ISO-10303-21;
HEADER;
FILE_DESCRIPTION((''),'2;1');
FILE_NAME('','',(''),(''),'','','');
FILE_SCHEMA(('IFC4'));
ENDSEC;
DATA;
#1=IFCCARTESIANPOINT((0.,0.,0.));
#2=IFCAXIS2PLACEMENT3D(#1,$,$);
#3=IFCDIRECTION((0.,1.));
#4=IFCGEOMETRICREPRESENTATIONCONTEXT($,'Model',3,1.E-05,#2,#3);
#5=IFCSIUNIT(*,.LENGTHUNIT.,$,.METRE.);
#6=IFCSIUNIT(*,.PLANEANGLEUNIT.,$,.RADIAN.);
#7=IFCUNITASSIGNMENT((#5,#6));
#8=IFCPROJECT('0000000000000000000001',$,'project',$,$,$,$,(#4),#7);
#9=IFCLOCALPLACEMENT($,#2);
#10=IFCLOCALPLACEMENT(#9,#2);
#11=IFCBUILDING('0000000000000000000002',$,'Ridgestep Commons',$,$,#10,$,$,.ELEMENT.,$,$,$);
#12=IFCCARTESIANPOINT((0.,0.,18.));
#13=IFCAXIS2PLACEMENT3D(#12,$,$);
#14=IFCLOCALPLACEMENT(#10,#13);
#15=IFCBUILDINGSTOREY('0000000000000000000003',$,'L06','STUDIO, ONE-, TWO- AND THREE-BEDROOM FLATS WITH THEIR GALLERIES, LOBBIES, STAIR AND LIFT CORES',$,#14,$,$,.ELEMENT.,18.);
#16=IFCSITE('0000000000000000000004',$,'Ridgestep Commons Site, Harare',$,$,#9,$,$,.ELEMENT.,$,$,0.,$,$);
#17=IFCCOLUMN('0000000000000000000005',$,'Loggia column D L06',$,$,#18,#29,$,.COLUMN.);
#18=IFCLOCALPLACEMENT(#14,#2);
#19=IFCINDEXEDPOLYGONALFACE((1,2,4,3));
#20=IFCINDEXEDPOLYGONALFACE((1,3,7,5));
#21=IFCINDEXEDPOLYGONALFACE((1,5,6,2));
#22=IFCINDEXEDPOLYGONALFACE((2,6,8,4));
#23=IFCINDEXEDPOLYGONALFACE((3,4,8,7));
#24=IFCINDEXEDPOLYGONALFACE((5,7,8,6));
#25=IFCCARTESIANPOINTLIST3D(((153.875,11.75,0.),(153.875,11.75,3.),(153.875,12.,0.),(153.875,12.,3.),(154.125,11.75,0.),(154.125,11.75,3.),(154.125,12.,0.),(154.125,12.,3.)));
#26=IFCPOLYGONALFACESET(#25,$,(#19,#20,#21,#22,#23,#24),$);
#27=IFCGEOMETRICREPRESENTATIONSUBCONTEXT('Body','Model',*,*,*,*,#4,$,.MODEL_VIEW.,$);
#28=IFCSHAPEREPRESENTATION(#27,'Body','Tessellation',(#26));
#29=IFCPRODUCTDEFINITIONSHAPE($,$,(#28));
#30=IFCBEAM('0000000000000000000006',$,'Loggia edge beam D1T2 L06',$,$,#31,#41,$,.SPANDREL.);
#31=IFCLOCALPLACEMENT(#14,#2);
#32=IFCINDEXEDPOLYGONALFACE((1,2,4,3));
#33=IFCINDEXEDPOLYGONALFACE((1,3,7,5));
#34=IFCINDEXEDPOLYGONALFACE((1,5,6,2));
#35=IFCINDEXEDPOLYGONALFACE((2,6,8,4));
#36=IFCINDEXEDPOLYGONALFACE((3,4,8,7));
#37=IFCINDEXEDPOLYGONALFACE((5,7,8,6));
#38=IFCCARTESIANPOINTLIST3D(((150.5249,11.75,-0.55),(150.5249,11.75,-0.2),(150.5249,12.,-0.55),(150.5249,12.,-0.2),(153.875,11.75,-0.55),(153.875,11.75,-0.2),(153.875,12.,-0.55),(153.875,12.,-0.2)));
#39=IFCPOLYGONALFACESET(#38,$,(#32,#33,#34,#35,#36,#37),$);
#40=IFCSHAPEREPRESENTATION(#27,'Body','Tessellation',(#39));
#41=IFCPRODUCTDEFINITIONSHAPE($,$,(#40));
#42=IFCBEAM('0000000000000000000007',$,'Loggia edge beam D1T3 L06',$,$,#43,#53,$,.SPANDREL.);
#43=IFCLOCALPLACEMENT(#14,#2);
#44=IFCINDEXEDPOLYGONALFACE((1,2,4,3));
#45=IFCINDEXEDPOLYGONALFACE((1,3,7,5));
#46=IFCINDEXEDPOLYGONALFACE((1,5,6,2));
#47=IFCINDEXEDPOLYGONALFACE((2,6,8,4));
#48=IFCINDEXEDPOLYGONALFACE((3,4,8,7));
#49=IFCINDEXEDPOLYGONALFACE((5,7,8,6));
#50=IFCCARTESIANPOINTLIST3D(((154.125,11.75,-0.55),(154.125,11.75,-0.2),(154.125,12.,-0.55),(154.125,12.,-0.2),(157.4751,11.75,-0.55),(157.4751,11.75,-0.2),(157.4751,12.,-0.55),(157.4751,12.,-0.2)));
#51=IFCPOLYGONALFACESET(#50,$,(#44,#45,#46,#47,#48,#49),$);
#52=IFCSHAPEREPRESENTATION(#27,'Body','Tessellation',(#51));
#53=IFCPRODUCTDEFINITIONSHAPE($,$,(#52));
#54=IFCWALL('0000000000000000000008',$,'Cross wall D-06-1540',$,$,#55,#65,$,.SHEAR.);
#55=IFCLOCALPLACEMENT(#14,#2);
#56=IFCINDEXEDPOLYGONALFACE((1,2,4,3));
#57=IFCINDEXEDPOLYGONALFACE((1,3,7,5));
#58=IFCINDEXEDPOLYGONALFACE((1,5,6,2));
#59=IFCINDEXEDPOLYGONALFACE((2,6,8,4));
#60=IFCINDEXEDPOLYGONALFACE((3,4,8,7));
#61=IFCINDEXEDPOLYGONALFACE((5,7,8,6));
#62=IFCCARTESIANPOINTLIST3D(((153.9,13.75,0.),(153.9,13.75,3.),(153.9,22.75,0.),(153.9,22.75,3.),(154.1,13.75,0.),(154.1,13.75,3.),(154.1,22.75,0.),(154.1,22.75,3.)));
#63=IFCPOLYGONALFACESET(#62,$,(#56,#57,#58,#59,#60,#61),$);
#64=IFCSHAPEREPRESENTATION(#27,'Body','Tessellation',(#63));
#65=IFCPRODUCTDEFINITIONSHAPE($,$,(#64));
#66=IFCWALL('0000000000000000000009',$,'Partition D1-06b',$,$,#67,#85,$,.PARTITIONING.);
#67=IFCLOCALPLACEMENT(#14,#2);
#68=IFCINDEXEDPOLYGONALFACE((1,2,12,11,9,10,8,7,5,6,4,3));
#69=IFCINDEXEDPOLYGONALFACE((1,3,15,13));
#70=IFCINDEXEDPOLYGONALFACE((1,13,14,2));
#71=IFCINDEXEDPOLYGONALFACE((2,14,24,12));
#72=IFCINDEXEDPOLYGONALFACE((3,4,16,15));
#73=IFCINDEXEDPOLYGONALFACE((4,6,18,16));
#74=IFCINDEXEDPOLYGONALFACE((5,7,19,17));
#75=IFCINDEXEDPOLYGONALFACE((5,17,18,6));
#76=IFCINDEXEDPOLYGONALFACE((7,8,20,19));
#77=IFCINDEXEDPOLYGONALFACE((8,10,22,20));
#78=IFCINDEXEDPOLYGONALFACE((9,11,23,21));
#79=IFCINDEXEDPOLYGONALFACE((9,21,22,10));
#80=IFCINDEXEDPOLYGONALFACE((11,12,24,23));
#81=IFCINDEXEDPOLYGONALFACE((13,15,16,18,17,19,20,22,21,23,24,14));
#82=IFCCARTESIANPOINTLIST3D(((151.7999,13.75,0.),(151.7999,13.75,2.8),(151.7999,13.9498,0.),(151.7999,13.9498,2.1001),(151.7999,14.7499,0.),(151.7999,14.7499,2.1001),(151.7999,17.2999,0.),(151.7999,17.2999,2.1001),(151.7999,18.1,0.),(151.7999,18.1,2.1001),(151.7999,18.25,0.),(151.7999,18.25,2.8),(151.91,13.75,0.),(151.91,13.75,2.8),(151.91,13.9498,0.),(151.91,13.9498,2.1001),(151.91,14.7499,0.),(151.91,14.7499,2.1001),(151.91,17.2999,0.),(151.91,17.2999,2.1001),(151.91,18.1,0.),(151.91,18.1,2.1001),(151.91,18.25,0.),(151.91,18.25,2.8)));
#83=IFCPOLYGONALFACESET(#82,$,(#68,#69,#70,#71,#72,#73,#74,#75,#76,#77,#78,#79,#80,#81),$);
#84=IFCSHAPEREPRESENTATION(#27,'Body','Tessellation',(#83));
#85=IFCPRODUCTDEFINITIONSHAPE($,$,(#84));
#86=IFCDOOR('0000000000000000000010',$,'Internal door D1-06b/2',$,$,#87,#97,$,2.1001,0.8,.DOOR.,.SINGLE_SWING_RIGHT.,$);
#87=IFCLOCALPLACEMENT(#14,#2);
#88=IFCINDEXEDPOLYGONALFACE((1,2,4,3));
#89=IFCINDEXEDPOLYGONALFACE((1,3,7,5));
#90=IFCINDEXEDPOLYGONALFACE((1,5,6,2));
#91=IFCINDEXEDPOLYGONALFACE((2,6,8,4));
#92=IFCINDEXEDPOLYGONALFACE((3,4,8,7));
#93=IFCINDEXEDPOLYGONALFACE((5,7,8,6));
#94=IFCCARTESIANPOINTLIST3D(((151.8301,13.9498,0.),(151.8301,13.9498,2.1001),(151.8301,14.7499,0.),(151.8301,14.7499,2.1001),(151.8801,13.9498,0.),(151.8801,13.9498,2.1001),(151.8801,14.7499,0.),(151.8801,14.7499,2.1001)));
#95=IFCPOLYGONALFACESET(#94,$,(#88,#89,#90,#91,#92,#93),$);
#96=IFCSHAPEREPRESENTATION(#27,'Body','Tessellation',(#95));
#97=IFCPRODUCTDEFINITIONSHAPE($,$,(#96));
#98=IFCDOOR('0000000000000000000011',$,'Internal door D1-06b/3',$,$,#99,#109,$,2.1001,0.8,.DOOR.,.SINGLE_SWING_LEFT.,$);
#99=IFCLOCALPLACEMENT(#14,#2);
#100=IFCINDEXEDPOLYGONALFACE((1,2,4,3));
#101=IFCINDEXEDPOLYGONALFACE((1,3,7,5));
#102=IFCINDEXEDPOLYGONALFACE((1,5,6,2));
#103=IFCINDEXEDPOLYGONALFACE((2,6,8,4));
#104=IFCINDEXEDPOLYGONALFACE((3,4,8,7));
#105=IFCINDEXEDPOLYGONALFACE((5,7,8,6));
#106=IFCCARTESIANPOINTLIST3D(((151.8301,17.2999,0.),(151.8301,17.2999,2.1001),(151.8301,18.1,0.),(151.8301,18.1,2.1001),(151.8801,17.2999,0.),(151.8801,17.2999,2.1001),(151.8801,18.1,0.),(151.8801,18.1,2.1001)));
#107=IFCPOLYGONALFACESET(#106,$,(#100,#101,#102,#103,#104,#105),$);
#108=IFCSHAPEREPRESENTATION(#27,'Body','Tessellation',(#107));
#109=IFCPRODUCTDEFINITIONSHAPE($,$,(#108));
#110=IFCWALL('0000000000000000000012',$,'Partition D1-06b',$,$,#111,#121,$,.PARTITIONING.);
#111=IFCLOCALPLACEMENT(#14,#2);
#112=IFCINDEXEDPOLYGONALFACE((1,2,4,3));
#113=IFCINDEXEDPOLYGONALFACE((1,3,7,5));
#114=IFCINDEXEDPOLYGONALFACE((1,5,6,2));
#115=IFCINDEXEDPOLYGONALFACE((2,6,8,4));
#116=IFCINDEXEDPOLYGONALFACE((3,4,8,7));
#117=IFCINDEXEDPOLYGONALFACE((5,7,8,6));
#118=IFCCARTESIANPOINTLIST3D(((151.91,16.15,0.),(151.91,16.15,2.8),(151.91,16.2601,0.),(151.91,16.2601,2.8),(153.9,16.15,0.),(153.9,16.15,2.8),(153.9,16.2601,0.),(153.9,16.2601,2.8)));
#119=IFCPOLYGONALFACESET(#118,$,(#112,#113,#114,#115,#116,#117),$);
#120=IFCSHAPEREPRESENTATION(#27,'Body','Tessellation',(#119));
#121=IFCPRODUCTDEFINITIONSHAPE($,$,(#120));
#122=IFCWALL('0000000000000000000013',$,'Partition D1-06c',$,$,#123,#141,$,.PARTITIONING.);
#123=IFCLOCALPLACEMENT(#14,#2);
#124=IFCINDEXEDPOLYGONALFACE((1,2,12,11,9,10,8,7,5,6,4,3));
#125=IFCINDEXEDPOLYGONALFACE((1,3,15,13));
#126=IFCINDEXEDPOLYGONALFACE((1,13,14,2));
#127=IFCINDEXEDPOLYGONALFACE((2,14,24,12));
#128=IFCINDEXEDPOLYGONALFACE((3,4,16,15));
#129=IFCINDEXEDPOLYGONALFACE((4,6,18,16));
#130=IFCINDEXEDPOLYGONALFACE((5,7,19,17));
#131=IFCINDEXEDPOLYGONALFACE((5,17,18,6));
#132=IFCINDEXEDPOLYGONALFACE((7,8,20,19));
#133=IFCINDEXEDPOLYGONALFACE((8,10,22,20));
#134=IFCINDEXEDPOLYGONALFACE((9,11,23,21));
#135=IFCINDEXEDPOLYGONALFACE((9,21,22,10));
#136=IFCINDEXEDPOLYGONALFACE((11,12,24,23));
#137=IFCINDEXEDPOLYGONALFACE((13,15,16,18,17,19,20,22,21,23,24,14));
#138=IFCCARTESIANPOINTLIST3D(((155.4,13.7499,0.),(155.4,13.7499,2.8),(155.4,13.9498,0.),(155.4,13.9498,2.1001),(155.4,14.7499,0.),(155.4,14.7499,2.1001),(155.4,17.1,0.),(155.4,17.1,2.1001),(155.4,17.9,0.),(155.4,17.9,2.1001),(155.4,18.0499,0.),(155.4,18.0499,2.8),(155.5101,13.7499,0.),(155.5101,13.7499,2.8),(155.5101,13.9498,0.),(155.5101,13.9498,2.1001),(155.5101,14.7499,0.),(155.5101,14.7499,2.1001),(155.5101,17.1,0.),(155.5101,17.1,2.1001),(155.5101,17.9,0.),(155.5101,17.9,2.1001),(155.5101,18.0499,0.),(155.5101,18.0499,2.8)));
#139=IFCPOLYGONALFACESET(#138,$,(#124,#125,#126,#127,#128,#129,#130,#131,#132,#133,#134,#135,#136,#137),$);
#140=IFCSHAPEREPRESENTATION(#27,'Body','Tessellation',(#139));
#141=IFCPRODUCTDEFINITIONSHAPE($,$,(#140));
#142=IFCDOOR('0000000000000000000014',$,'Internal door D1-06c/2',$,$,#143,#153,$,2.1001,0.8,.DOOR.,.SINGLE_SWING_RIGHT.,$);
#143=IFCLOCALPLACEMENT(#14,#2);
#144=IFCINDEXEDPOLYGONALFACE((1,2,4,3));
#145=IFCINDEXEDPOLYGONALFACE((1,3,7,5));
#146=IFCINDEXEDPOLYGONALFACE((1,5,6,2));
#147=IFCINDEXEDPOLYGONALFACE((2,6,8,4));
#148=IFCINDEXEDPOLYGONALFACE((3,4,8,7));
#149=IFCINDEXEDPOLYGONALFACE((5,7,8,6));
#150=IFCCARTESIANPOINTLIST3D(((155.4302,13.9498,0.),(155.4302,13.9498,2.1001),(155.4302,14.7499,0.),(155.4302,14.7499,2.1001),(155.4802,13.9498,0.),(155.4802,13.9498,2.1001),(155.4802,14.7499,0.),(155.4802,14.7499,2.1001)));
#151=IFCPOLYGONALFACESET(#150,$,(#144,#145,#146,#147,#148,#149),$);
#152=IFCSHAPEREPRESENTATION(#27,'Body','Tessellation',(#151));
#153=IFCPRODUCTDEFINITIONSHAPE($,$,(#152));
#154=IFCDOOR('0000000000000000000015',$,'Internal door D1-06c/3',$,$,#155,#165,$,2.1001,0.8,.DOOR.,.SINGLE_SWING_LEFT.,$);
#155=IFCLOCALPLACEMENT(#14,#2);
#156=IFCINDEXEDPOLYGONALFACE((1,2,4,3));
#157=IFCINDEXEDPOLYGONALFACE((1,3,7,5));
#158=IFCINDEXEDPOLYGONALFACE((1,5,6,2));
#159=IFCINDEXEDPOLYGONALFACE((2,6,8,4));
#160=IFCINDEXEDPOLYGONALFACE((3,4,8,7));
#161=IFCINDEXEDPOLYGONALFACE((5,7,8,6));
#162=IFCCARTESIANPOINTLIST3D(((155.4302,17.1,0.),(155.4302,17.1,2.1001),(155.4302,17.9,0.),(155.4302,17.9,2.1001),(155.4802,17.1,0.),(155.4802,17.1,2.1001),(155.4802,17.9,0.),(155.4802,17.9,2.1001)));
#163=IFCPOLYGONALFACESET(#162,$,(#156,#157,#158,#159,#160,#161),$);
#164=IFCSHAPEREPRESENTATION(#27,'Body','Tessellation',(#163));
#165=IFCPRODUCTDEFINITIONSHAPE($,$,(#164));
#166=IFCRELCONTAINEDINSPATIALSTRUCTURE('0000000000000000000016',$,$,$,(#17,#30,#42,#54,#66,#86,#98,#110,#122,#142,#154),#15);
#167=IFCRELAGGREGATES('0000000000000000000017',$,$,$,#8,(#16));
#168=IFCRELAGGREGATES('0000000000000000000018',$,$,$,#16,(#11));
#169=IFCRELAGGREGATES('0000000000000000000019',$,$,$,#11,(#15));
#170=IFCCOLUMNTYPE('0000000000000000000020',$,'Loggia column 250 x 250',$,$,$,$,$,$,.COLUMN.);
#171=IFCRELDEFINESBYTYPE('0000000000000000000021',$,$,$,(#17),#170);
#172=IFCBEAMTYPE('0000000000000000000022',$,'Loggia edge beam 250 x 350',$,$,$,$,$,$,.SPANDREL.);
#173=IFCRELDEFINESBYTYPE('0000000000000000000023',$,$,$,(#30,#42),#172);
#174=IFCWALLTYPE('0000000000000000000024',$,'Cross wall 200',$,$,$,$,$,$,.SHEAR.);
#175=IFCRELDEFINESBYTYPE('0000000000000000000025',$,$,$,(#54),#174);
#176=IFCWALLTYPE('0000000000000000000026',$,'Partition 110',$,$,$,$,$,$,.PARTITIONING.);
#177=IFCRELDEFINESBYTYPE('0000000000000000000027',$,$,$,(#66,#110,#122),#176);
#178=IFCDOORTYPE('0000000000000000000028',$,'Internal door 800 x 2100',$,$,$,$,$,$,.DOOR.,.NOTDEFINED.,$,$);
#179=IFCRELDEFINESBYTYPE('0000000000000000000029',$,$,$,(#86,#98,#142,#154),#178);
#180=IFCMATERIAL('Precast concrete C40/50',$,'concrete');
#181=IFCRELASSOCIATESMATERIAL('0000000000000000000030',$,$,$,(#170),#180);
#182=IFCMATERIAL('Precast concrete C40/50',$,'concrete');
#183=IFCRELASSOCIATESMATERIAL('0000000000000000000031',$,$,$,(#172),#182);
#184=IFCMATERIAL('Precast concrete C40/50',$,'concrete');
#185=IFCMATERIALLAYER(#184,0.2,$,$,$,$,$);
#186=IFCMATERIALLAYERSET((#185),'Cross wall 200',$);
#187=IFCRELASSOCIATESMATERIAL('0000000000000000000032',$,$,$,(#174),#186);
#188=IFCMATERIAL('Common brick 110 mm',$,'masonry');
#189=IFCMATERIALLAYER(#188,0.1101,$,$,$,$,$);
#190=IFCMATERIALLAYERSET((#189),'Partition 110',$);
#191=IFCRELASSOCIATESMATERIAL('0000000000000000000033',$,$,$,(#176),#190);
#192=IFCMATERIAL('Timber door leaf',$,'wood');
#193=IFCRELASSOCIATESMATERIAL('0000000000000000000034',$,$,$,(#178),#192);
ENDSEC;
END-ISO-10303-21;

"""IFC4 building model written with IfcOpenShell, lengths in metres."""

from ifc_helpers import new_model, si_unit, direction, frame, frame_2d, origin, origin_2d, place, context, subcontext, project, spatial, rectangle, extrude, material, layer, layer_set, material_profile, profile_set, type_object, element, fill, save


model = new_model("IFC4")

# Units and contexts
model_context = context("Model", 3, precision=1e-05, world=origin(), true_north=direction((0.0, 1.0)))
body_context = subcontext(model_context, "Body", "Model", "MODEL_VIEW")
ifc_project = project(units=[si_unit("LENGTHUNIT", "METRE"), si_unit("PLANEANGLEUNIT", "RADIAN")], contexts=[model_context])

# Site, building, storey
site_placement = place(None, origin())
site = spatial("IfcSite", under=ifc_project, at=site_placement, Name="Ridgestep Commons Site, Harare", CompositionType="ELEMENT", RefElevation=0.0)
building_placement = place(site_placement, origin())
building = spatial("IfcBuilding", under=site, at=building_placement, Name="Ridgestep Commons", CompositionType="ELEMENT")
storey_placement = place(building_placement, frame((0.0, 0.0, 18.0)))
storey = spatial("IfcBuildingStorey", under=building, at=storey_placement, Name="L06", Description="STUDIO, ONE-, TWO- AND THREE-BEDROOM FLATS WITH THEIR GALLERIES, LOBBIES, STAIR AND LIFT CORES", CompositionType="ELEMENT", Elevation=18.0)

# Column
ifc_material_1 = material(Name="Precast concrete C40/50", Category="concrete")
ifc_material_profile_1 = material_profile(ifc_material_1, rectangle(XDim=0.25, YDim=0.25, at=origin_2d()), Name="PC 250x250")
ifc_profile_set_1 = profile_set([ifc_material_profile_1], Name="Precast concrete C40/50")
column_type = type_object("IfcColumnType", Name="Loggia column 250 x 250", PredefinedType="COLUMN", material=ifc_profile_set_1)
column_placement = place(storey_placement, frame((154.0, 11.875, 0.0), z_axis=(0.0, 0.0, 1.0), x_axis=(1.0, 0.0, 0.0)))
element("IfcColumn", 1, at=column_placement, inside=storey, type_object=column_type, Name="Loggia column D L06", PredefinedType="COLUMN", context=body_context, shape_type="SweptSolid", body=[
    extrude(rectangle(XDim=0.25, YDim=0.25, at=origin_2d()), origin(), (0.0, 0.0, 1.0), 3.0),
])

# Beams
ifc_material_2 = material(Name="Precast concrete C40/50", Category="concrete")
ifc_material_profile_2 = material_profile(ifc_material_2, rectangle(XDim=0.25, YDim=0.3501, at=origin_2d()), Name="PC 250x350")
ifc_profile_set_2 = profile_set([ifc_material_profile_2], Name="Precast concrete C40/50")
beam_type = type_object("IfcBeamType", Name="Loggia edge beam 250 x 350", PredefinedType="SPANDREL", material=ifc_profile_set_2)
for number, where, z_axis, x_axis, name in (
    (2, (150.5249, 11.875, -0.375), (1.0, 0.0, 0.0), (0.0, 1.0, 0.0), "Loggia edge beam D1T2 L06"),
    (3, (154.125, 11.875, -0.375), (1.0, 0.0, 0.0), (0.0, 1.0, 0.0), "Loggia edge beam D1T3 L06"),
):
    element("IfcBeam", number, at=place(storey_placement, frame(where, z_axis=z_axis, x_axis=x_axis)), inside=storey, type_object=beam_type, Name=name, PredefinedType="SPANDREL", context=body_context, shape_type="SweptSolid", body=[
        extrude(rectangle(XDim=0.25, YDim=0.3501, at=origin_2d()), origin(), (0.0, 0.0, 1.0), 3.3501),
    ])

# Wall
ifc_material_3 = material(Name="Precast concrete C40/50", Category="concrete")
ifc_layer_1 = layer(ifc_material_3, 0.2)
ifc_layer_set_1 = layer_set([ifc_layer_1], Name="Cross wall 200")
wall_type_1 = type_object("IfcWallType", Name="Cross wall 200", PredefinedType="SHEAR", material=ifc_layer_set_1)
wall_1_placement = place(storey_placement, frame((154.0, 13.75, 0.0), z_axis=(0.0, 0.0, 1.0), x_axis=(0.0, 1.0, 0.0)))
element("IfcWall", 4, at=wall_1_placement, inside=storey, type_object=wall_type_1, Name="Cross wall D-06-1540", PredefinedType="SHEAR", context=body_context, shape_type="SweptSolid", body=[
    extrude(rectangle(XDim=9.0, YDim=0.2, at=frame_2d((4.5, 0.0))), origin(), (0.0, 0.0, 1.0), 3.0),
])

# Wall, openings, doors
ifc_material_4 = material(Name="Common brick 110 mm", Category="masonry")
ifc_layer_2 = layer(ifc_material_4, 0.1101)
ifc_layer_set_2 = layer_set([ifc_layer_2], Name="Partition 110")
wall_type_2 = type_object("IfcWallType", Name="Partition 110", PredefinedType="PARTITIONING", material=ifc_layer_set_2)
wall_2_placement = place(storey_placement, frame((151.855, 13.75, 0.0), z_axis=(0.0, 0.0, 1.0), x_axis=(0.0, 1.0, 0.0)))
wall_2 = element("IfcWall", 5, at=wall_2_placement, inside=storey, type_object=wall_type_2, Name="Partition D1-06b", PredefinedType="PARTITIONING", context=body_context, shape_type="SweptSolid", body=[
    extrude(rectangle(XDim=4.5, YDim=0.1101, at=frame_2d((2.25, 0.0))), origin(), (0.0, 0.0, 1.0), 2.8),
])
opening_1_placement = place(wall_2_placement, frame((0.2, 0.0, 0.0)))
opening_1 = element("IfcOpeningElement", 6, at=opening_1_placement, cuts=wall_2, PredefinedType="OPENING", context=body_context, shape_type="SweptSolid", body=[
    extrude(rectangle(XDim=0.8, YDim=2.1001, at=frame_2d((0.3999, 1.05))), frame((0.0, 0.0649, 0.0), z_axis=(0.0, -1.0, 0.0), x_axis=(1.0, 0.0, 0.0)), (0.0, 0.0, 1.0), 0.1301),
])
opening_2_placement = place(wall_2_placement, frame((3.55, 0.0, 0.0)))
opening_2 = element("IfcOpeningElement", 7, at=opening_2_placement, cuts=wall_2, PredefinedType="OPENING", context=body_context, shape_type="SweptSolid", body=[
    extrude(rectangle(XDim=0.8, YDim=2.1001, at=frame_2d((0.3999, 1.05))), frame((0.0, 0.0649, 0.0), z_axis=(0.0, -1.0, 0.0), x_axis=(1.0, 0.0, 0.0)), (0.0, 0.0, 1.0), 0.1301),
])
ifc_material_5 = material(Name="Timber door leaf", Category="wood")
door_type_1 = type_object("IfcDoorType", Name="Internal door 800 x 2100", OperationType="NOTDEFINED", PredefinedType="DOOR", material=ifc_material_5)
door_1_placement = place(opening_1_placement, origin())
door_1 = element("IfcDoor", 8, at=door_1_placement, inside=storey, type_object=door_type_1, Name="Internal door D1-06b/2", OperationType="SINGLE_SWING_RIGHT", OverallHeight=2.1001, OverallWidth=0.8, PredefinedType="DOOR", context=body_context, shape_type="SweptSolid", body=[
    extrude(rectangle(XDim=0.8, YDim=2.1001, at=frame_2d((0.3999, 1.05))), frame((0.0, 0.0249, 0.0), z_axis=(0.0, -1.0, 0.0), x_axis=(1.0, 0.0, 0.0)), (0.0, 0.0, 1.0), 0.05),
])
fill(opening_1, door_1)
door_2_placement = place(opening_2_placement, origin())
door_2 = element("IfcDoor", 9, at=door_2_placement, inside=storey, type_object=door_type_1, Name="Internal door D1-06b/3", OperationType="SINGLE_SWING_LEFT", OverallHeight=2.1001, OverallWidth=0.8, PredefinedType="DOOR", context=body_context, shape_type="SweptSolid", body=[
    extrude(rectangle(XDim=0.8, YDim=2.1001, at=frame_2d((0.3999, 1.05))), frame((0.0, 0.0249, 0.0), z_axis=(0.0, -1.0, 0.0), x_axis=(1.0, 0.0, 0.0)), (0.0, 0.0, 1.0), 0.05),
])
fill(opening_2, door_2)

# Wall
wall_3_placement = place(storey_placement, frame((151.9099, 16.2051, 0.0), z_axis=(0.0, 0.0, 1.0), x_axis=(1.0, 0.0, 0.0)))
element("IfcWall", 10, at=wall_3_placement, inside=storey, type_object=wall_type_2, Name="Partition D1-06b", PredefinedType="PARTITIONING", context=body_context, shape_type="SweptSolid", body=[
    extrude(rectangle(XDim=1.99, YDim=0.1101, at=frame_2d((0.9951, 0.0))), origin(), (0.0, 0.0, 1.0), 2.8),
])

# Wall, openings, doors
wall_4_placement = place(storey_placement, frame((155.4551, 13.75, 0.0), z_axis=(0.0, 0.0, 1.0), x_axis=(0.0, 1.0, 0.0)))
wall_4 = element("IfcWall", 11, at=wall_4_placement, inside=storey, type_object=wall_type_2, Name="Partition D1-06c", PredefinedType="PARTITIONING", context=body_context, shape_type="SweptSolid", body=[
    extrude(rectangle(XDim=4.3, YDim=0.1101, at=frame_2d((2.1499, 0.0))), origin(), (0.0, 0.0, 1.0), 2.8),
])
opening_3_placement = place(wall_4_placement, frame((0.2, 0.0, 0.0)))
opening_3 = element("IfcOpeningElement", 12, at=opening_3_placement, cuts=wall_4, PredefinedType="OPENING", context=body_context, shape_type="SweptSolid", body=[
    extrude(rectangle(XDim=0.8, YDim=2.1001, at=frame_2d((0.3999, 1.05))), frame((0.0, 0.0649, 0.0), z_axis=(0.0, -1.0, 0.0), x_axis=(1.0, 0.0, 0.0)), (0.0, 0.0, 1.0), 0.1301),
])
opening_4_placement = place(wall_4_placement, frame((3.3501, 0.0, 0.0)))
opening_4 = element("IfcOpeningElement", 13, at=opening_4_placement, cuts=wall_4, PredefinedType="OPENING", context=body_context, shape_type="SweptSolid", body=[
    extrude(rectangle(XDim=0.8, YDim=2.1001, at=frame_2d((0.3999, 1.05))), frame((0.0, 0.0649, 0.0), z_axis=(0.0, -1.0, 0.0), x_axis=(1.0, 0.0, 0.0)), (0.0, 0.0, 1.0), 0.1301),
])
door_3_placement = place(opening_3_placement, origin())
door_3 = element("IfcDoor", 14, at=door_3_placement, inside=storey, type_object=door_type_1, Name="Internal door D1-06c/2", OperationType="SINGLE_SWING_RIGHT", OverallHeight=2.1001, OverallWidth=0.8, PredefinedType="DOOR", context=body_context, shape_type="SweptSolid", body=[
    extrude(rectangle(XDim=0.8, YDim=2.1001, at=frame_2d((0.3999, 1.05))), frame((0.0, 0.0249, 0.0), z_axis=(0.0, -1.0, 0.0), x_axis=(1.0, 0.0, 0.0)), (0.0, 0.0, 1.0), 0.05),
])
fill(opening_3, door_3)
door_4_placement = place(opening_4_placement, origin())
door_4 = element("IfcDoor", 15, at=door_4_placement, inside=storey, type_object=door_type_1, Name="Internal door D1-06c/3", OperationType="SINGLE_SWING_LEFT", OverallHeight=2.1001, OverallWidth=0.8, PredefinedType="DOOR", context=body_context, shape_type="SweptSolid", body=[
    extrude(rectangle(XDim=0.8, YDim=2.1001, at=frame_2d((0.3999, 1.05))), frame((0.0, 0.0249, 0.0), z_axis=(0.0, -1.0, 0.0), x_axis=(1.0, 0.0, 0.0)), (0.0, 0.0, 1.0), 0.05),
])
fill(opening_4, door_4)

save(model, "model.ifc")
